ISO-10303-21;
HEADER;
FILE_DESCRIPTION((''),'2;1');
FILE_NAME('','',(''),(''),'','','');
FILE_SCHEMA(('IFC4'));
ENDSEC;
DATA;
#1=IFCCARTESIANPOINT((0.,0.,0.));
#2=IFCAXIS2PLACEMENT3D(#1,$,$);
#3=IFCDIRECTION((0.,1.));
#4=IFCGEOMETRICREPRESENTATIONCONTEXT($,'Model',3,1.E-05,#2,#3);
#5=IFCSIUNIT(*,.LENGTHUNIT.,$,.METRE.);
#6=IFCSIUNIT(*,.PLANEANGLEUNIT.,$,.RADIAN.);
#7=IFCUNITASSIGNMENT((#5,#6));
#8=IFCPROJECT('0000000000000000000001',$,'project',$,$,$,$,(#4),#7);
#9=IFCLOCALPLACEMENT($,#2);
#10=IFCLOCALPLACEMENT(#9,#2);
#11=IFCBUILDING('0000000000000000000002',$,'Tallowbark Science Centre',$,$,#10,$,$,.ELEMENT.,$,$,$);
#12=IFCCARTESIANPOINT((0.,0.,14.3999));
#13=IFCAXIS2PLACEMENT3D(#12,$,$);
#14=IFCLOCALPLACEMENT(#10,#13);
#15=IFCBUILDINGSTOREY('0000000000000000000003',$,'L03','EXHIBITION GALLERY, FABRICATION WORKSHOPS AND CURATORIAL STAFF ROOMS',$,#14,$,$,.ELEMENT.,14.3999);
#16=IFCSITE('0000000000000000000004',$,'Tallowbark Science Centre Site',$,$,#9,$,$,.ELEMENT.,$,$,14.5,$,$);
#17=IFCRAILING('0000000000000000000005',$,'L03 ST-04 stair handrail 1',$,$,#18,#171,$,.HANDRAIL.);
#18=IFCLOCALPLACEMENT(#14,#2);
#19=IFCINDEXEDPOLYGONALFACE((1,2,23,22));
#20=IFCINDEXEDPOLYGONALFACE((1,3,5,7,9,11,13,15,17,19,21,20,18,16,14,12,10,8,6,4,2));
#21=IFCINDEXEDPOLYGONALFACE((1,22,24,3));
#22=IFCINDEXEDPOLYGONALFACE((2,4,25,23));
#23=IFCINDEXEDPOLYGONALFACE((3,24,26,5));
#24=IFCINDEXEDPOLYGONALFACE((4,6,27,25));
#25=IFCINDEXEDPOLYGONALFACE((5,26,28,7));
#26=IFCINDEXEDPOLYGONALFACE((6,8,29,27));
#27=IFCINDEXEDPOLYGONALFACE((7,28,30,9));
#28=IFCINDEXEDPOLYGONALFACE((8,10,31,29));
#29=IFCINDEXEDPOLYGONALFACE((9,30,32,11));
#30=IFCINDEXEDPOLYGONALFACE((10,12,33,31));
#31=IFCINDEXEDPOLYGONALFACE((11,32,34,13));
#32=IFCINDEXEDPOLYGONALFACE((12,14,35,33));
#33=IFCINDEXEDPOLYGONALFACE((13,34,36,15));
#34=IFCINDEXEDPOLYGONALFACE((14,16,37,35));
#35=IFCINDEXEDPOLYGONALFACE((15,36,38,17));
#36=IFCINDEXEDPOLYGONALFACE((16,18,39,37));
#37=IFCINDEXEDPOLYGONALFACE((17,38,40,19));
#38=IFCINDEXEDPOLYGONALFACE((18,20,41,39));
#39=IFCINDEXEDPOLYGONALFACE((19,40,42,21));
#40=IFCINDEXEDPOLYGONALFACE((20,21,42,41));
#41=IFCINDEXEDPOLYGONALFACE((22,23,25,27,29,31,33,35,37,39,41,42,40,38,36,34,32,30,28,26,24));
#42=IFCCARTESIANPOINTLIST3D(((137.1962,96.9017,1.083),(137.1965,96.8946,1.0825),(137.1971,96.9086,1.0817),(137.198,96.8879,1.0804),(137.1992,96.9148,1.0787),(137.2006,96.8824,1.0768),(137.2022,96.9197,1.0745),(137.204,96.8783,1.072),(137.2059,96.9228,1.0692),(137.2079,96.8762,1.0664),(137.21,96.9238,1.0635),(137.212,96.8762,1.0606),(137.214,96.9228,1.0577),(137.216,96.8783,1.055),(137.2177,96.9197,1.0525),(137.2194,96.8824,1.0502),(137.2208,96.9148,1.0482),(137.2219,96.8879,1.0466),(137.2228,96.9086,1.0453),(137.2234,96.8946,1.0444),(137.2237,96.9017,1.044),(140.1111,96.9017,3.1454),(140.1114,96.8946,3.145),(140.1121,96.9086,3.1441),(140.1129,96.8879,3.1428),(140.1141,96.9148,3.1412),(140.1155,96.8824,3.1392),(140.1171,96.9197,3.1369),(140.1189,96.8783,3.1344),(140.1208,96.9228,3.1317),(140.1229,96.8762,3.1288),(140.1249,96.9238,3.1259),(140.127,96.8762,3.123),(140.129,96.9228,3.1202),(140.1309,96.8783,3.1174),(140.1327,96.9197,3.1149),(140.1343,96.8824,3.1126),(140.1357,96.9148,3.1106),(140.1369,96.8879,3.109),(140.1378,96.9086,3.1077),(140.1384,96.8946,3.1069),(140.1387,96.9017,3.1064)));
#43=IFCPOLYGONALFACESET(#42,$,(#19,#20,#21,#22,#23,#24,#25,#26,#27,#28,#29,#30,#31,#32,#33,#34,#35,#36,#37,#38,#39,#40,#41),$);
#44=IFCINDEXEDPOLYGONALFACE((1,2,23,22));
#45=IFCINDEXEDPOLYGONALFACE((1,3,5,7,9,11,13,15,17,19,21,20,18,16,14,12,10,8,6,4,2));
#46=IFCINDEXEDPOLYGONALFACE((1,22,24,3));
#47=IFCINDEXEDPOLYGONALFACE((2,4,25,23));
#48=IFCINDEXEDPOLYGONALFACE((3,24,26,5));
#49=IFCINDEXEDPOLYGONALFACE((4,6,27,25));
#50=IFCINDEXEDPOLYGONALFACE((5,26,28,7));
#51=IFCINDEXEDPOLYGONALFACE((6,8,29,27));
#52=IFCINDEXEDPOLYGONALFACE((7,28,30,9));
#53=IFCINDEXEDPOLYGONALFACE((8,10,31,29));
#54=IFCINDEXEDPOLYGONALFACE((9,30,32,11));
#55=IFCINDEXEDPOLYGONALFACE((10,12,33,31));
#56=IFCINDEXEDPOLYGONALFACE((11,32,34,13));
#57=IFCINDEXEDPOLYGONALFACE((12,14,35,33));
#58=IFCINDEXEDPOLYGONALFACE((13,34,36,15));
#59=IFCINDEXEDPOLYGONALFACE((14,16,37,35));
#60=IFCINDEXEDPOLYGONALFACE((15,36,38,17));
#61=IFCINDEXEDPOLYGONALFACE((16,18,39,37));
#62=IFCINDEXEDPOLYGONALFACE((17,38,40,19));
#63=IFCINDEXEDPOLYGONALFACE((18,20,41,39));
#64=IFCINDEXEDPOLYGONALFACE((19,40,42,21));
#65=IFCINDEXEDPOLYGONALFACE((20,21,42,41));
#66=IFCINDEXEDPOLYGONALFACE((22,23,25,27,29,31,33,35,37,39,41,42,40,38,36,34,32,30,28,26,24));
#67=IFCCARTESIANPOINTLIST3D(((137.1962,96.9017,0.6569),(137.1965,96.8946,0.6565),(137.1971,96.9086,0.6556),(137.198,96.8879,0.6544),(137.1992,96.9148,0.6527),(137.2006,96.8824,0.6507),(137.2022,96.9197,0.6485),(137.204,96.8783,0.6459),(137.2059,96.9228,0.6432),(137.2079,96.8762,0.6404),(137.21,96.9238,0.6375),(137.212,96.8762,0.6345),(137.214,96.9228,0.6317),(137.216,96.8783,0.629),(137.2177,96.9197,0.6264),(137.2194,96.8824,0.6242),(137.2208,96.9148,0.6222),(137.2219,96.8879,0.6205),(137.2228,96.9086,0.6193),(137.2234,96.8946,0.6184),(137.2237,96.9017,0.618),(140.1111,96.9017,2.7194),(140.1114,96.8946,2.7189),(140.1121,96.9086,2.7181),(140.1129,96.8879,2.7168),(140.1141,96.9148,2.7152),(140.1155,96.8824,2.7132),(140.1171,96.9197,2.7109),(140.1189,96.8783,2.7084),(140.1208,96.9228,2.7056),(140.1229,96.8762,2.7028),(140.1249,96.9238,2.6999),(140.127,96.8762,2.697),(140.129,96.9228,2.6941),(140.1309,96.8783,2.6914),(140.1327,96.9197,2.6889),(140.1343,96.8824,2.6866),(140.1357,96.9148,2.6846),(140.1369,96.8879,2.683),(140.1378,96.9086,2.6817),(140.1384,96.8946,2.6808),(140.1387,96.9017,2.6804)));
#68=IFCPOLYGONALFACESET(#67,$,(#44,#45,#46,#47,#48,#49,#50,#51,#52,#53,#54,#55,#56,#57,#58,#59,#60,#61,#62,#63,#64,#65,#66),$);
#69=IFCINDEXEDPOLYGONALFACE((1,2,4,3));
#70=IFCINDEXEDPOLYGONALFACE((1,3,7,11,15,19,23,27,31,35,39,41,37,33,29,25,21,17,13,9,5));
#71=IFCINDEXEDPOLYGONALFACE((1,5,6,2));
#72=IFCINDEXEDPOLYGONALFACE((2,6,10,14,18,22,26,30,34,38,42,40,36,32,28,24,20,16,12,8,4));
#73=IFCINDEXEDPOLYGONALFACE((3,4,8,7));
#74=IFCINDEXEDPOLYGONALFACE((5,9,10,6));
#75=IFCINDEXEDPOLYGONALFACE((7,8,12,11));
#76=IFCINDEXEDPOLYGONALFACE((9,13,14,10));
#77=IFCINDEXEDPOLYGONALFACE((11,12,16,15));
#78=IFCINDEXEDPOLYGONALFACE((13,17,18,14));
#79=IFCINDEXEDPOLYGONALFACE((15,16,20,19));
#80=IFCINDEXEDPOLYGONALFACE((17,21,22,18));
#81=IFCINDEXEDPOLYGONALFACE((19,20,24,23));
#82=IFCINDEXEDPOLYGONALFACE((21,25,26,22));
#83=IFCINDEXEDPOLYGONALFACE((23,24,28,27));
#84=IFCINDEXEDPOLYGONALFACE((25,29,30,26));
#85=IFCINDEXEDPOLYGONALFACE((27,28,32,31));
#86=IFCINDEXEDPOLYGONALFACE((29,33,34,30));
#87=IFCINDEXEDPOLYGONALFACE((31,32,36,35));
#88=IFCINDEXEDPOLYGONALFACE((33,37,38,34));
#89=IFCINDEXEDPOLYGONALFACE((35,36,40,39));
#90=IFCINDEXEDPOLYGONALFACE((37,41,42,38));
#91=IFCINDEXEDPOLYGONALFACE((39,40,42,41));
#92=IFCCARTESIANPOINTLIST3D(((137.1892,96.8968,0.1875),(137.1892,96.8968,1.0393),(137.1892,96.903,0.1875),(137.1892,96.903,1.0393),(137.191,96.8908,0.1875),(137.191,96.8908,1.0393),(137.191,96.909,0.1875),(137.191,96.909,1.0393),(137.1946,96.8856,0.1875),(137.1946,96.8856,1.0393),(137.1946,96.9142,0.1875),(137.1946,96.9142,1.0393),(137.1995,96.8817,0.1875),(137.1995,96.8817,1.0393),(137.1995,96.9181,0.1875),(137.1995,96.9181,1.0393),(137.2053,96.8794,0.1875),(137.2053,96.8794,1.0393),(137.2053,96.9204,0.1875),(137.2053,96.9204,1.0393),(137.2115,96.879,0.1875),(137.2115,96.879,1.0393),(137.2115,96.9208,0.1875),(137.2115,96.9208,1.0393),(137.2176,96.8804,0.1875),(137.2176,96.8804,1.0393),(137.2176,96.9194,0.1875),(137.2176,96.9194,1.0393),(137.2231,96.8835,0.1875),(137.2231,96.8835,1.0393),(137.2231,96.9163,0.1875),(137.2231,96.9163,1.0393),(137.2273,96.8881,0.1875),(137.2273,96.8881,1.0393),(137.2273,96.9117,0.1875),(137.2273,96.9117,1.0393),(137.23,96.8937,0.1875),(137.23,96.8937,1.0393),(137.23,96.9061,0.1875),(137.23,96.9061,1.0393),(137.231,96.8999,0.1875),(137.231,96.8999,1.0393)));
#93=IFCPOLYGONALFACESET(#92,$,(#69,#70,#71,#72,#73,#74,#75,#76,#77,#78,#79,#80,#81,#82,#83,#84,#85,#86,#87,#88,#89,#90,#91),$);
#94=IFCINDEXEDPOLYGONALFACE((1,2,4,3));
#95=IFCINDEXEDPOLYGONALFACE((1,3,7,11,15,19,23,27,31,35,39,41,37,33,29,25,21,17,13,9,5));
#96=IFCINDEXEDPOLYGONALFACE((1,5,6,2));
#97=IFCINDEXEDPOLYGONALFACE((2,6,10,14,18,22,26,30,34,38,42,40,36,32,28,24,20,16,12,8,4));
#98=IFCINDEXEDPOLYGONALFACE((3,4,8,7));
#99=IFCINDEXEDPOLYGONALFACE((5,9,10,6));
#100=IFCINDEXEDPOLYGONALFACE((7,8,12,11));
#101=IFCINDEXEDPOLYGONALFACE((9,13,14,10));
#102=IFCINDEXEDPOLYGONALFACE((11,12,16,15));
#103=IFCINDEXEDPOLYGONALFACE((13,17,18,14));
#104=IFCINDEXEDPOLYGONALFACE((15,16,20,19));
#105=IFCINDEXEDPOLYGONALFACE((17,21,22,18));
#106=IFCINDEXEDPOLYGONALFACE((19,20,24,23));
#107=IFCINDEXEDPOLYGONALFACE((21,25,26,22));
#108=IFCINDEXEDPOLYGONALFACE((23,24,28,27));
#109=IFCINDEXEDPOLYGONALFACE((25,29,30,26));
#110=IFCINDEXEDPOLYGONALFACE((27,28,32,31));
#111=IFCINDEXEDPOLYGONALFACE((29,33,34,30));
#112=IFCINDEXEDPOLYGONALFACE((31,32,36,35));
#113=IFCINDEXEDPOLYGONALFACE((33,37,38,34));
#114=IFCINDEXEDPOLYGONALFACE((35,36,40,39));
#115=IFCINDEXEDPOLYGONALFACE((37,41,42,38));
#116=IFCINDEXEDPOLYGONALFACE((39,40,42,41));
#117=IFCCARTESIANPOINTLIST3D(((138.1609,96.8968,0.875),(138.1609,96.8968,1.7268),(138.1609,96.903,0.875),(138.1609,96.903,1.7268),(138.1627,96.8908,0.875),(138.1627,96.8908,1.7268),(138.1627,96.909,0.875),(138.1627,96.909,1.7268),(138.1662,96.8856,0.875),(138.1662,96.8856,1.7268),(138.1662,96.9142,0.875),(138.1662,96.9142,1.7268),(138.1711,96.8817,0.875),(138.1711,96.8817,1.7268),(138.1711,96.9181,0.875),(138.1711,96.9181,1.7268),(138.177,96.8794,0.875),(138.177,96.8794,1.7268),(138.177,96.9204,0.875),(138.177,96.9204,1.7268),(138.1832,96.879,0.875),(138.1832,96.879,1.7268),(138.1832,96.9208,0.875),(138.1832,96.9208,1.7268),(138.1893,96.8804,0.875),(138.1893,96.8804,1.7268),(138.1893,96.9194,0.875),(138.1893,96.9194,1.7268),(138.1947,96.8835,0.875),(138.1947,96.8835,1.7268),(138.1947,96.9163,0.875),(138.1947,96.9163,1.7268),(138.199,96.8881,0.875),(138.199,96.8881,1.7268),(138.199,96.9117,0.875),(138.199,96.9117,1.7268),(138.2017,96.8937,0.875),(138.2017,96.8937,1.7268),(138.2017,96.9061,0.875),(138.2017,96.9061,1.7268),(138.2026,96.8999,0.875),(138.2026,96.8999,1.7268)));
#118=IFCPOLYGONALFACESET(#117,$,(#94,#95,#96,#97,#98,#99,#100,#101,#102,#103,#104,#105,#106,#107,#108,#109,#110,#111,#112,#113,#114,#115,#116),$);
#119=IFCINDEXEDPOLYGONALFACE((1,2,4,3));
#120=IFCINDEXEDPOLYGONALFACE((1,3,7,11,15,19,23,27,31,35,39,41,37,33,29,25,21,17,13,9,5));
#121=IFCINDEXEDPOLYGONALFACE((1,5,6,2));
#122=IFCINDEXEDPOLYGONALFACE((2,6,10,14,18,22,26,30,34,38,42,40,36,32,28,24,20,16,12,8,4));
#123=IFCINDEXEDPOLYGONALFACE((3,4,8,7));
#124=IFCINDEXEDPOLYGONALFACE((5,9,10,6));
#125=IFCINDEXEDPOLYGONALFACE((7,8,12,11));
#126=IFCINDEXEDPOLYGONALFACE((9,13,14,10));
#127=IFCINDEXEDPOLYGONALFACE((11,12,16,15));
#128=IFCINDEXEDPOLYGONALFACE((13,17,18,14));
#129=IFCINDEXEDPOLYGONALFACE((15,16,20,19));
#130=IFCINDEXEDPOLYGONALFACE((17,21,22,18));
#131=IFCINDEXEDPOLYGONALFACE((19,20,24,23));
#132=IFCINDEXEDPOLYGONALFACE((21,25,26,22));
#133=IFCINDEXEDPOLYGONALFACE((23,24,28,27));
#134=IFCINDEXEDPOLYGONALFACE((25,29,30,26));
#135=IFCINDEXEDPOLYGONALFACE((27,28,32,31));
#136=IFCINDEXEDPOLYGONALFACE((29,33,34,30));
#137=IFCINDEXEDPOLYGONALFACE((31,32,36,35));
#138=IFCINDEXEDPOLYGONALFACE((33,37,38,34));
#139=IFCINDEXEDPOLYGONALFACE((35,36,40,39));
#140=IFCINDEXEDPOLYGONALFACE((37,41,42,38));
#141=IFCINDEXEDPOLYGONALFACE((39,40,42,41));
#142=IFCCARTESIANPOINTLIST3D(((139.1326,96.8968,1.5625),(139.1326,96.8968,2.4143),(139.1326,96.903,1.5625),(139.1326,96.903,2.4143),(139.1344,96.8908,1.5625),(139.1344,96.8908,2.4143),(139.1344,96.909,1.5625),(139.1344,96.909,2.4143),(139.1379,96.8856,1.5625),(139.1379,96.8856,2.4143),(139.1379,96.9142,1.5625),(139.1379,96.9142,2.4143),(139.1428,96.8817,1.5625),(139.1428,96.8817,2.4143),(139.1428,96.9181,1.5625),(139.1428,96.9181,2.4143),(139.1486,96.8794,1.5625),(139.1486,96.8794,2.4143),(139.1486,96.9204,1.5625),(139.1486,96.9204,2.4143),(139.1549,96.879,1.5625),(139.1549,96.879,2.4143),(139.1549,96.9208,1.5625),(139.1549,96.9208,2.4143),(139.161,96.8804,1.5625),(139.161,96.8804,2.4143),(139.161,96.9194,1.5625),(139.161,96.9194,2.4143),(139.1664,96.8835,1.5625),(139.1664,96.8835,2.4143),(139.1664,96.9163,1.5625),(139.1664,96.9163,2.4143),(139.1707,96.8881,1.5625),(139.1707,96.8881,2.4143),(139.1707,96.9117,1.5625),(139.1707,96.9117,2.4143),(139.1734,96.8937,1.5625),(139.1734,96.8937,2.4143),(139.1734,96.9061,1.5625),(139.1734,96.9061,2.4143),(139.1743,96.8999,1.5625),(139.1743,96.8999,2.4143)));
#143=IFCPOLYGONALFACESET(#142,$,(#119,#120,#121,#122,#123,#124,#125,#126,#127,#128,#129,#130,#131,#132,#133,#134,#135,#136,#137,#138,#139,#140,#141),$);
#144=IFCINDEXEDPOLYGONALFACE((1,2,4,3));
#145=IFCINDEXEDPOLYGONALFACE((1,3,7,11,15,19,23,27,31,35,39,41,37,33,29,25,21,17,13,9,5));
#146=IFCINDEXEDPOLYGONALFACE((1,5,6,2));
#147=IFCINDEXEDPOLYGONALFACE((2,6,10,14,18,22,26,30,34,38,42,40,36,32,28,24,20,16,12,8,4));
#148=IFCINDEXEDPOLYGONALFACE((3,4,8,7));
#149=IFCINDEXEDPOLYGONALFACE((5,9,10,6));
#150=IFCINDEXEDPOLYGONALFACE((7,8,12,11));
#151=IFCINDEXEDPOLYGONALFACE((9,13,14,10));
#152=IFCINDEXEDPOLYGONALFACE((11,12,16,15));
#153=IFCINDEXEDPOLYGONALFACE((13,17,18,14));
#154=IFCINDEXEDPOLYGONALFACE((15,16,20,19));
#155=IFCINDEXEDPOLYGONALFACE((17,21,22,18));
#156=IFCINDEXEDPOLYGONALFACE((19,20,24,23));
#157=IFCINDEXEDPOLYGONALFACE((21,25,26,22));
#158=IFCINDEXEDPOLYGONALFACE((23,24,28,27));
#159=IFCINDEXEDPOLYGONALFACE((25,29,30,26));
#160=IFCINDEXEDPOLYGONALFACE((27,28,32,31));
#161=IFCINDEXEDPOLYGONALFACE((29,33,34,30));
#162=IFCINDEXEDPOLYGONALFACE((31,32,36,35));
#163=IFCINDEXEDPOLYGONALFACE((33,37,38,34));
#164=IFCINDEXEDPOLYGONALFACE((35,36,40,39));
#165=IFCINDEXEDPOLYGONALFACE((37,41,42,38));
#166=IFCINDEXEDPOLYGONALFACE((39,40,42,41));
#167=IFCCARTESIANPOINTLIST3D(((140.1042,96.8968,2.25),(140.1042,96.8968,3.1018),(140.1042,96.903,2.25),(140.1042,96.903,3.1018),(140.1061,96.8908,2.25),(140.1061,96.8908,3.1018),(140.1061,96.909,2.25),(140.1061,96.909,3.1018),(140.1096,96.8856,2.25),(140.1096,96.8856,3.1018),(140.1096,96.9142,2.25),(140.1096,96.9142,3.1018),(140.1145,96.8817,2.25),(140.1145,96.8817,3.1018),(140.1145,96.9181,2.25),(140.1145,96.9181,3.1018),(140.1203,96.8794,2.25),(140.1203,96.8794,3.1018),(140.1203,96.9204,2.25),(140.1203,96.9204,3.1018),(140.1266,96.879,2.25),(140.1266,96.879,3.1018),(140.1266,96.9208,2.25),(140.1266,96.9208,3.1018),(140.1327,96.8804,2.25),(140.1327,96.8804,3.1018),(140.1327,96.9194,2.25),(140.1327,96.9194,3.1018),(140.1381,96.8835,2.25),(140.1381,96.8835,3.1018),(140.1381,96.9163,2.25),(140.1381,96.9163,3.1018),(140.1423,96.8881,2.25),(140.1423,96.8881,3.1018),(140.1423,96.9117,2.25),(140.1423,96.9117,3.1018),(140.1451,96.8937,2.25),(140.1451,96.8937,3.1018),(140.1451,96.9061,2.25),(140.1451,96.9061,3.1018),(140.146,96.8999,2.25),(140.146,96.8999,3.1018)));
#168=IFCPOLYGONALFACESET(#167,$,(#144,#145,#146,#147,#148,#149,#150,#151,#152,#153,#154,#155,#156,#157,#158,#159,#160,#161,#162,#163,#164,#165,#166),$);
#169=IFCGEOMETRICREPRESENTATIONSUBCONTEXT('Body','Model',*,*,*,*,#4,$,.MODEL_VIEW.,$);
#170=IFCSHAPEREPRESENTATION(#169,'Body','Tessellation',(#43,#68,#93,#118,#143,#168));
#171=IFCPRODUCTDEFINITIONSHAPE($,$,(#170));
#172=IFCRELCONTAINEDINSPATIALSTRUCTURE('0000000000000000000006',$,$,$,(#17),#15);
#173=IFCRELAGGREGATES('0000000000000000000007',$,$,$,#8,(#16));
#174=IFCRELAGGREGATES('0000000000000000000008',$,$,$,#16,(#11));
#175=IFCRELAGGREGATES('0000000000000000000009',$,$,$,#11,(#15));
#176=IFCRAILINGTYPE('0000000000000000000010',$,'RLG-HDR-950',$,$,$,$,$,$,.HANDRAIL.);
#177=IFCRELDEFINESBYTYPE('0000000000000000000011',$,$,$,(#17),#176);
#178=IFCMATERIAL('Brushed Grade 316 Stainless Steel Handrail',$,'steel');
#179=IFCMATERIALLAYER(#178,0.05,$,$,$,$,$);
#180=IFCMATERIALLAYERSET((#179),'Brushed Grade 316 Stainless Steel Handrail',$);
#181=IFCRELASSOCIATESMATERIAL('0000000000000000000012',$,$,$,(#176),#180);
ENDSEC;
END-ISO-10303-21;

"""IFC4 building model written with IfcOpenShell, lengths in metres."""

from ifc_helpers import new_model, si_unit, direction, frame, origin, origin_2d, place, context, subcontext, project, spatial, circle, extrude, material, layer, layer_set, type_object, element, save


model = new_model("IFC4")

# Units and contexts
model_context = context("Model", 3, precision=1e-05, world=origin(), true_north=direction((0.0, 1.0)))
body_context = subcontext(model_context, "Body", "Model", "MODEL_VIEW")
ifc_project = project(units=[si_unit("LENGTHUNIT", "METRE"), si_unit("PLANEANGLEUNIT", "RADIAN")], contexts=[model_context])

# Site, building, storey
site_placement = place(None, origin())
site = spatial("IfcSite", under=ifc_project, at=site_placement, Name="Tallowbark Science Centre Site", CompositionType="ELEMENT", RefElevation=14.5)
building_placement = place(site_placement, origin())
building = spatial("IfcBuilding", under=site, at=building_placement, Name="Tallowbark Science Centre", CompositionType="ELEMENT")
storey_placement = place(building_placement, frame((0.0, 0.0, 14.3999)))
storey = spatial("IfcBuildingStorey", under=building, at=storey_placement, Name="L03", Description="EXHIBITION GALLERY, FABRICATION WORKSHOPS AND CURATORIAL STAFF ROOMS", CompositionType="ELEMENT", Elevation=14.3999)

# Railing
ifc_material_1 = material(Name="Brushed Grade 316 Stainless Steel Handrail", Category="steel")
ifc_layer_1 = layer(ifc_material_1, 0.05)
ifc_layer_set_1 = layer_set([ifc_layer_1], Name="Brushed Grade 316 Stainless Steel Handrail")
railing_type_1 = type_object("IfcRailingType", Name="RLG-HDR-950", PredefinedType="HANDRAIL", material=ifc_layer_set_1)
railing_1_placement = place(storey_placement, frame((137.21, 96.8999, 0.1875)))
element("IfcRailing", 1, at=railing_1_placement, inside=storey, type_object=railing_type_1, Name="L03 ST-04 stair handrail 1", PredefinedType="HANDRAIL", context=body_context, shape_type="SweptSolid", body=[
    extrude(circle(Radius=0.0239, at=origin_2d()), frame((0.0, 0.0, 0.876), z_axis=(0.816331, 0.0, 0.577585), x_axis=(0.0, 1.0, 0.0)), (0.0, 0.0, 1.0), 3.5708),
    extrude(circle(Radius=0.0239, at=origin_2d()), frame((0.0, 0.0, 0.45), z_axis=(0.816331, 0.0, 0.577585), x_axis=(0.0, 1.0, 0.0)), (0.0, 0.0, 1.0), 3.5708),
    extrude(circle(Radius=0.021, at=origin_2d()), origin(), (0.0, 0.0, 1.0), 0.8518),
    extrude(circle(Radius=0.021, at=origin_2d()), frame((0.9717, 0.0, 0.6875)), (0.0, 0.0, 1.0), 0.8518),
    extrude(circle(Radius=0.021, at=origin_2d()), frame((1.9434, 0.0, 1.375)), (0.0, 0.0, 1.0), 0.8518),
    extrude(circle(Radius=0.021, at=origin_2d()), frame((2.915, 0.0, 2.0625)), (0.0, 0.0, 1.0), 0.8518),
])

save(model, "model.ifc")
